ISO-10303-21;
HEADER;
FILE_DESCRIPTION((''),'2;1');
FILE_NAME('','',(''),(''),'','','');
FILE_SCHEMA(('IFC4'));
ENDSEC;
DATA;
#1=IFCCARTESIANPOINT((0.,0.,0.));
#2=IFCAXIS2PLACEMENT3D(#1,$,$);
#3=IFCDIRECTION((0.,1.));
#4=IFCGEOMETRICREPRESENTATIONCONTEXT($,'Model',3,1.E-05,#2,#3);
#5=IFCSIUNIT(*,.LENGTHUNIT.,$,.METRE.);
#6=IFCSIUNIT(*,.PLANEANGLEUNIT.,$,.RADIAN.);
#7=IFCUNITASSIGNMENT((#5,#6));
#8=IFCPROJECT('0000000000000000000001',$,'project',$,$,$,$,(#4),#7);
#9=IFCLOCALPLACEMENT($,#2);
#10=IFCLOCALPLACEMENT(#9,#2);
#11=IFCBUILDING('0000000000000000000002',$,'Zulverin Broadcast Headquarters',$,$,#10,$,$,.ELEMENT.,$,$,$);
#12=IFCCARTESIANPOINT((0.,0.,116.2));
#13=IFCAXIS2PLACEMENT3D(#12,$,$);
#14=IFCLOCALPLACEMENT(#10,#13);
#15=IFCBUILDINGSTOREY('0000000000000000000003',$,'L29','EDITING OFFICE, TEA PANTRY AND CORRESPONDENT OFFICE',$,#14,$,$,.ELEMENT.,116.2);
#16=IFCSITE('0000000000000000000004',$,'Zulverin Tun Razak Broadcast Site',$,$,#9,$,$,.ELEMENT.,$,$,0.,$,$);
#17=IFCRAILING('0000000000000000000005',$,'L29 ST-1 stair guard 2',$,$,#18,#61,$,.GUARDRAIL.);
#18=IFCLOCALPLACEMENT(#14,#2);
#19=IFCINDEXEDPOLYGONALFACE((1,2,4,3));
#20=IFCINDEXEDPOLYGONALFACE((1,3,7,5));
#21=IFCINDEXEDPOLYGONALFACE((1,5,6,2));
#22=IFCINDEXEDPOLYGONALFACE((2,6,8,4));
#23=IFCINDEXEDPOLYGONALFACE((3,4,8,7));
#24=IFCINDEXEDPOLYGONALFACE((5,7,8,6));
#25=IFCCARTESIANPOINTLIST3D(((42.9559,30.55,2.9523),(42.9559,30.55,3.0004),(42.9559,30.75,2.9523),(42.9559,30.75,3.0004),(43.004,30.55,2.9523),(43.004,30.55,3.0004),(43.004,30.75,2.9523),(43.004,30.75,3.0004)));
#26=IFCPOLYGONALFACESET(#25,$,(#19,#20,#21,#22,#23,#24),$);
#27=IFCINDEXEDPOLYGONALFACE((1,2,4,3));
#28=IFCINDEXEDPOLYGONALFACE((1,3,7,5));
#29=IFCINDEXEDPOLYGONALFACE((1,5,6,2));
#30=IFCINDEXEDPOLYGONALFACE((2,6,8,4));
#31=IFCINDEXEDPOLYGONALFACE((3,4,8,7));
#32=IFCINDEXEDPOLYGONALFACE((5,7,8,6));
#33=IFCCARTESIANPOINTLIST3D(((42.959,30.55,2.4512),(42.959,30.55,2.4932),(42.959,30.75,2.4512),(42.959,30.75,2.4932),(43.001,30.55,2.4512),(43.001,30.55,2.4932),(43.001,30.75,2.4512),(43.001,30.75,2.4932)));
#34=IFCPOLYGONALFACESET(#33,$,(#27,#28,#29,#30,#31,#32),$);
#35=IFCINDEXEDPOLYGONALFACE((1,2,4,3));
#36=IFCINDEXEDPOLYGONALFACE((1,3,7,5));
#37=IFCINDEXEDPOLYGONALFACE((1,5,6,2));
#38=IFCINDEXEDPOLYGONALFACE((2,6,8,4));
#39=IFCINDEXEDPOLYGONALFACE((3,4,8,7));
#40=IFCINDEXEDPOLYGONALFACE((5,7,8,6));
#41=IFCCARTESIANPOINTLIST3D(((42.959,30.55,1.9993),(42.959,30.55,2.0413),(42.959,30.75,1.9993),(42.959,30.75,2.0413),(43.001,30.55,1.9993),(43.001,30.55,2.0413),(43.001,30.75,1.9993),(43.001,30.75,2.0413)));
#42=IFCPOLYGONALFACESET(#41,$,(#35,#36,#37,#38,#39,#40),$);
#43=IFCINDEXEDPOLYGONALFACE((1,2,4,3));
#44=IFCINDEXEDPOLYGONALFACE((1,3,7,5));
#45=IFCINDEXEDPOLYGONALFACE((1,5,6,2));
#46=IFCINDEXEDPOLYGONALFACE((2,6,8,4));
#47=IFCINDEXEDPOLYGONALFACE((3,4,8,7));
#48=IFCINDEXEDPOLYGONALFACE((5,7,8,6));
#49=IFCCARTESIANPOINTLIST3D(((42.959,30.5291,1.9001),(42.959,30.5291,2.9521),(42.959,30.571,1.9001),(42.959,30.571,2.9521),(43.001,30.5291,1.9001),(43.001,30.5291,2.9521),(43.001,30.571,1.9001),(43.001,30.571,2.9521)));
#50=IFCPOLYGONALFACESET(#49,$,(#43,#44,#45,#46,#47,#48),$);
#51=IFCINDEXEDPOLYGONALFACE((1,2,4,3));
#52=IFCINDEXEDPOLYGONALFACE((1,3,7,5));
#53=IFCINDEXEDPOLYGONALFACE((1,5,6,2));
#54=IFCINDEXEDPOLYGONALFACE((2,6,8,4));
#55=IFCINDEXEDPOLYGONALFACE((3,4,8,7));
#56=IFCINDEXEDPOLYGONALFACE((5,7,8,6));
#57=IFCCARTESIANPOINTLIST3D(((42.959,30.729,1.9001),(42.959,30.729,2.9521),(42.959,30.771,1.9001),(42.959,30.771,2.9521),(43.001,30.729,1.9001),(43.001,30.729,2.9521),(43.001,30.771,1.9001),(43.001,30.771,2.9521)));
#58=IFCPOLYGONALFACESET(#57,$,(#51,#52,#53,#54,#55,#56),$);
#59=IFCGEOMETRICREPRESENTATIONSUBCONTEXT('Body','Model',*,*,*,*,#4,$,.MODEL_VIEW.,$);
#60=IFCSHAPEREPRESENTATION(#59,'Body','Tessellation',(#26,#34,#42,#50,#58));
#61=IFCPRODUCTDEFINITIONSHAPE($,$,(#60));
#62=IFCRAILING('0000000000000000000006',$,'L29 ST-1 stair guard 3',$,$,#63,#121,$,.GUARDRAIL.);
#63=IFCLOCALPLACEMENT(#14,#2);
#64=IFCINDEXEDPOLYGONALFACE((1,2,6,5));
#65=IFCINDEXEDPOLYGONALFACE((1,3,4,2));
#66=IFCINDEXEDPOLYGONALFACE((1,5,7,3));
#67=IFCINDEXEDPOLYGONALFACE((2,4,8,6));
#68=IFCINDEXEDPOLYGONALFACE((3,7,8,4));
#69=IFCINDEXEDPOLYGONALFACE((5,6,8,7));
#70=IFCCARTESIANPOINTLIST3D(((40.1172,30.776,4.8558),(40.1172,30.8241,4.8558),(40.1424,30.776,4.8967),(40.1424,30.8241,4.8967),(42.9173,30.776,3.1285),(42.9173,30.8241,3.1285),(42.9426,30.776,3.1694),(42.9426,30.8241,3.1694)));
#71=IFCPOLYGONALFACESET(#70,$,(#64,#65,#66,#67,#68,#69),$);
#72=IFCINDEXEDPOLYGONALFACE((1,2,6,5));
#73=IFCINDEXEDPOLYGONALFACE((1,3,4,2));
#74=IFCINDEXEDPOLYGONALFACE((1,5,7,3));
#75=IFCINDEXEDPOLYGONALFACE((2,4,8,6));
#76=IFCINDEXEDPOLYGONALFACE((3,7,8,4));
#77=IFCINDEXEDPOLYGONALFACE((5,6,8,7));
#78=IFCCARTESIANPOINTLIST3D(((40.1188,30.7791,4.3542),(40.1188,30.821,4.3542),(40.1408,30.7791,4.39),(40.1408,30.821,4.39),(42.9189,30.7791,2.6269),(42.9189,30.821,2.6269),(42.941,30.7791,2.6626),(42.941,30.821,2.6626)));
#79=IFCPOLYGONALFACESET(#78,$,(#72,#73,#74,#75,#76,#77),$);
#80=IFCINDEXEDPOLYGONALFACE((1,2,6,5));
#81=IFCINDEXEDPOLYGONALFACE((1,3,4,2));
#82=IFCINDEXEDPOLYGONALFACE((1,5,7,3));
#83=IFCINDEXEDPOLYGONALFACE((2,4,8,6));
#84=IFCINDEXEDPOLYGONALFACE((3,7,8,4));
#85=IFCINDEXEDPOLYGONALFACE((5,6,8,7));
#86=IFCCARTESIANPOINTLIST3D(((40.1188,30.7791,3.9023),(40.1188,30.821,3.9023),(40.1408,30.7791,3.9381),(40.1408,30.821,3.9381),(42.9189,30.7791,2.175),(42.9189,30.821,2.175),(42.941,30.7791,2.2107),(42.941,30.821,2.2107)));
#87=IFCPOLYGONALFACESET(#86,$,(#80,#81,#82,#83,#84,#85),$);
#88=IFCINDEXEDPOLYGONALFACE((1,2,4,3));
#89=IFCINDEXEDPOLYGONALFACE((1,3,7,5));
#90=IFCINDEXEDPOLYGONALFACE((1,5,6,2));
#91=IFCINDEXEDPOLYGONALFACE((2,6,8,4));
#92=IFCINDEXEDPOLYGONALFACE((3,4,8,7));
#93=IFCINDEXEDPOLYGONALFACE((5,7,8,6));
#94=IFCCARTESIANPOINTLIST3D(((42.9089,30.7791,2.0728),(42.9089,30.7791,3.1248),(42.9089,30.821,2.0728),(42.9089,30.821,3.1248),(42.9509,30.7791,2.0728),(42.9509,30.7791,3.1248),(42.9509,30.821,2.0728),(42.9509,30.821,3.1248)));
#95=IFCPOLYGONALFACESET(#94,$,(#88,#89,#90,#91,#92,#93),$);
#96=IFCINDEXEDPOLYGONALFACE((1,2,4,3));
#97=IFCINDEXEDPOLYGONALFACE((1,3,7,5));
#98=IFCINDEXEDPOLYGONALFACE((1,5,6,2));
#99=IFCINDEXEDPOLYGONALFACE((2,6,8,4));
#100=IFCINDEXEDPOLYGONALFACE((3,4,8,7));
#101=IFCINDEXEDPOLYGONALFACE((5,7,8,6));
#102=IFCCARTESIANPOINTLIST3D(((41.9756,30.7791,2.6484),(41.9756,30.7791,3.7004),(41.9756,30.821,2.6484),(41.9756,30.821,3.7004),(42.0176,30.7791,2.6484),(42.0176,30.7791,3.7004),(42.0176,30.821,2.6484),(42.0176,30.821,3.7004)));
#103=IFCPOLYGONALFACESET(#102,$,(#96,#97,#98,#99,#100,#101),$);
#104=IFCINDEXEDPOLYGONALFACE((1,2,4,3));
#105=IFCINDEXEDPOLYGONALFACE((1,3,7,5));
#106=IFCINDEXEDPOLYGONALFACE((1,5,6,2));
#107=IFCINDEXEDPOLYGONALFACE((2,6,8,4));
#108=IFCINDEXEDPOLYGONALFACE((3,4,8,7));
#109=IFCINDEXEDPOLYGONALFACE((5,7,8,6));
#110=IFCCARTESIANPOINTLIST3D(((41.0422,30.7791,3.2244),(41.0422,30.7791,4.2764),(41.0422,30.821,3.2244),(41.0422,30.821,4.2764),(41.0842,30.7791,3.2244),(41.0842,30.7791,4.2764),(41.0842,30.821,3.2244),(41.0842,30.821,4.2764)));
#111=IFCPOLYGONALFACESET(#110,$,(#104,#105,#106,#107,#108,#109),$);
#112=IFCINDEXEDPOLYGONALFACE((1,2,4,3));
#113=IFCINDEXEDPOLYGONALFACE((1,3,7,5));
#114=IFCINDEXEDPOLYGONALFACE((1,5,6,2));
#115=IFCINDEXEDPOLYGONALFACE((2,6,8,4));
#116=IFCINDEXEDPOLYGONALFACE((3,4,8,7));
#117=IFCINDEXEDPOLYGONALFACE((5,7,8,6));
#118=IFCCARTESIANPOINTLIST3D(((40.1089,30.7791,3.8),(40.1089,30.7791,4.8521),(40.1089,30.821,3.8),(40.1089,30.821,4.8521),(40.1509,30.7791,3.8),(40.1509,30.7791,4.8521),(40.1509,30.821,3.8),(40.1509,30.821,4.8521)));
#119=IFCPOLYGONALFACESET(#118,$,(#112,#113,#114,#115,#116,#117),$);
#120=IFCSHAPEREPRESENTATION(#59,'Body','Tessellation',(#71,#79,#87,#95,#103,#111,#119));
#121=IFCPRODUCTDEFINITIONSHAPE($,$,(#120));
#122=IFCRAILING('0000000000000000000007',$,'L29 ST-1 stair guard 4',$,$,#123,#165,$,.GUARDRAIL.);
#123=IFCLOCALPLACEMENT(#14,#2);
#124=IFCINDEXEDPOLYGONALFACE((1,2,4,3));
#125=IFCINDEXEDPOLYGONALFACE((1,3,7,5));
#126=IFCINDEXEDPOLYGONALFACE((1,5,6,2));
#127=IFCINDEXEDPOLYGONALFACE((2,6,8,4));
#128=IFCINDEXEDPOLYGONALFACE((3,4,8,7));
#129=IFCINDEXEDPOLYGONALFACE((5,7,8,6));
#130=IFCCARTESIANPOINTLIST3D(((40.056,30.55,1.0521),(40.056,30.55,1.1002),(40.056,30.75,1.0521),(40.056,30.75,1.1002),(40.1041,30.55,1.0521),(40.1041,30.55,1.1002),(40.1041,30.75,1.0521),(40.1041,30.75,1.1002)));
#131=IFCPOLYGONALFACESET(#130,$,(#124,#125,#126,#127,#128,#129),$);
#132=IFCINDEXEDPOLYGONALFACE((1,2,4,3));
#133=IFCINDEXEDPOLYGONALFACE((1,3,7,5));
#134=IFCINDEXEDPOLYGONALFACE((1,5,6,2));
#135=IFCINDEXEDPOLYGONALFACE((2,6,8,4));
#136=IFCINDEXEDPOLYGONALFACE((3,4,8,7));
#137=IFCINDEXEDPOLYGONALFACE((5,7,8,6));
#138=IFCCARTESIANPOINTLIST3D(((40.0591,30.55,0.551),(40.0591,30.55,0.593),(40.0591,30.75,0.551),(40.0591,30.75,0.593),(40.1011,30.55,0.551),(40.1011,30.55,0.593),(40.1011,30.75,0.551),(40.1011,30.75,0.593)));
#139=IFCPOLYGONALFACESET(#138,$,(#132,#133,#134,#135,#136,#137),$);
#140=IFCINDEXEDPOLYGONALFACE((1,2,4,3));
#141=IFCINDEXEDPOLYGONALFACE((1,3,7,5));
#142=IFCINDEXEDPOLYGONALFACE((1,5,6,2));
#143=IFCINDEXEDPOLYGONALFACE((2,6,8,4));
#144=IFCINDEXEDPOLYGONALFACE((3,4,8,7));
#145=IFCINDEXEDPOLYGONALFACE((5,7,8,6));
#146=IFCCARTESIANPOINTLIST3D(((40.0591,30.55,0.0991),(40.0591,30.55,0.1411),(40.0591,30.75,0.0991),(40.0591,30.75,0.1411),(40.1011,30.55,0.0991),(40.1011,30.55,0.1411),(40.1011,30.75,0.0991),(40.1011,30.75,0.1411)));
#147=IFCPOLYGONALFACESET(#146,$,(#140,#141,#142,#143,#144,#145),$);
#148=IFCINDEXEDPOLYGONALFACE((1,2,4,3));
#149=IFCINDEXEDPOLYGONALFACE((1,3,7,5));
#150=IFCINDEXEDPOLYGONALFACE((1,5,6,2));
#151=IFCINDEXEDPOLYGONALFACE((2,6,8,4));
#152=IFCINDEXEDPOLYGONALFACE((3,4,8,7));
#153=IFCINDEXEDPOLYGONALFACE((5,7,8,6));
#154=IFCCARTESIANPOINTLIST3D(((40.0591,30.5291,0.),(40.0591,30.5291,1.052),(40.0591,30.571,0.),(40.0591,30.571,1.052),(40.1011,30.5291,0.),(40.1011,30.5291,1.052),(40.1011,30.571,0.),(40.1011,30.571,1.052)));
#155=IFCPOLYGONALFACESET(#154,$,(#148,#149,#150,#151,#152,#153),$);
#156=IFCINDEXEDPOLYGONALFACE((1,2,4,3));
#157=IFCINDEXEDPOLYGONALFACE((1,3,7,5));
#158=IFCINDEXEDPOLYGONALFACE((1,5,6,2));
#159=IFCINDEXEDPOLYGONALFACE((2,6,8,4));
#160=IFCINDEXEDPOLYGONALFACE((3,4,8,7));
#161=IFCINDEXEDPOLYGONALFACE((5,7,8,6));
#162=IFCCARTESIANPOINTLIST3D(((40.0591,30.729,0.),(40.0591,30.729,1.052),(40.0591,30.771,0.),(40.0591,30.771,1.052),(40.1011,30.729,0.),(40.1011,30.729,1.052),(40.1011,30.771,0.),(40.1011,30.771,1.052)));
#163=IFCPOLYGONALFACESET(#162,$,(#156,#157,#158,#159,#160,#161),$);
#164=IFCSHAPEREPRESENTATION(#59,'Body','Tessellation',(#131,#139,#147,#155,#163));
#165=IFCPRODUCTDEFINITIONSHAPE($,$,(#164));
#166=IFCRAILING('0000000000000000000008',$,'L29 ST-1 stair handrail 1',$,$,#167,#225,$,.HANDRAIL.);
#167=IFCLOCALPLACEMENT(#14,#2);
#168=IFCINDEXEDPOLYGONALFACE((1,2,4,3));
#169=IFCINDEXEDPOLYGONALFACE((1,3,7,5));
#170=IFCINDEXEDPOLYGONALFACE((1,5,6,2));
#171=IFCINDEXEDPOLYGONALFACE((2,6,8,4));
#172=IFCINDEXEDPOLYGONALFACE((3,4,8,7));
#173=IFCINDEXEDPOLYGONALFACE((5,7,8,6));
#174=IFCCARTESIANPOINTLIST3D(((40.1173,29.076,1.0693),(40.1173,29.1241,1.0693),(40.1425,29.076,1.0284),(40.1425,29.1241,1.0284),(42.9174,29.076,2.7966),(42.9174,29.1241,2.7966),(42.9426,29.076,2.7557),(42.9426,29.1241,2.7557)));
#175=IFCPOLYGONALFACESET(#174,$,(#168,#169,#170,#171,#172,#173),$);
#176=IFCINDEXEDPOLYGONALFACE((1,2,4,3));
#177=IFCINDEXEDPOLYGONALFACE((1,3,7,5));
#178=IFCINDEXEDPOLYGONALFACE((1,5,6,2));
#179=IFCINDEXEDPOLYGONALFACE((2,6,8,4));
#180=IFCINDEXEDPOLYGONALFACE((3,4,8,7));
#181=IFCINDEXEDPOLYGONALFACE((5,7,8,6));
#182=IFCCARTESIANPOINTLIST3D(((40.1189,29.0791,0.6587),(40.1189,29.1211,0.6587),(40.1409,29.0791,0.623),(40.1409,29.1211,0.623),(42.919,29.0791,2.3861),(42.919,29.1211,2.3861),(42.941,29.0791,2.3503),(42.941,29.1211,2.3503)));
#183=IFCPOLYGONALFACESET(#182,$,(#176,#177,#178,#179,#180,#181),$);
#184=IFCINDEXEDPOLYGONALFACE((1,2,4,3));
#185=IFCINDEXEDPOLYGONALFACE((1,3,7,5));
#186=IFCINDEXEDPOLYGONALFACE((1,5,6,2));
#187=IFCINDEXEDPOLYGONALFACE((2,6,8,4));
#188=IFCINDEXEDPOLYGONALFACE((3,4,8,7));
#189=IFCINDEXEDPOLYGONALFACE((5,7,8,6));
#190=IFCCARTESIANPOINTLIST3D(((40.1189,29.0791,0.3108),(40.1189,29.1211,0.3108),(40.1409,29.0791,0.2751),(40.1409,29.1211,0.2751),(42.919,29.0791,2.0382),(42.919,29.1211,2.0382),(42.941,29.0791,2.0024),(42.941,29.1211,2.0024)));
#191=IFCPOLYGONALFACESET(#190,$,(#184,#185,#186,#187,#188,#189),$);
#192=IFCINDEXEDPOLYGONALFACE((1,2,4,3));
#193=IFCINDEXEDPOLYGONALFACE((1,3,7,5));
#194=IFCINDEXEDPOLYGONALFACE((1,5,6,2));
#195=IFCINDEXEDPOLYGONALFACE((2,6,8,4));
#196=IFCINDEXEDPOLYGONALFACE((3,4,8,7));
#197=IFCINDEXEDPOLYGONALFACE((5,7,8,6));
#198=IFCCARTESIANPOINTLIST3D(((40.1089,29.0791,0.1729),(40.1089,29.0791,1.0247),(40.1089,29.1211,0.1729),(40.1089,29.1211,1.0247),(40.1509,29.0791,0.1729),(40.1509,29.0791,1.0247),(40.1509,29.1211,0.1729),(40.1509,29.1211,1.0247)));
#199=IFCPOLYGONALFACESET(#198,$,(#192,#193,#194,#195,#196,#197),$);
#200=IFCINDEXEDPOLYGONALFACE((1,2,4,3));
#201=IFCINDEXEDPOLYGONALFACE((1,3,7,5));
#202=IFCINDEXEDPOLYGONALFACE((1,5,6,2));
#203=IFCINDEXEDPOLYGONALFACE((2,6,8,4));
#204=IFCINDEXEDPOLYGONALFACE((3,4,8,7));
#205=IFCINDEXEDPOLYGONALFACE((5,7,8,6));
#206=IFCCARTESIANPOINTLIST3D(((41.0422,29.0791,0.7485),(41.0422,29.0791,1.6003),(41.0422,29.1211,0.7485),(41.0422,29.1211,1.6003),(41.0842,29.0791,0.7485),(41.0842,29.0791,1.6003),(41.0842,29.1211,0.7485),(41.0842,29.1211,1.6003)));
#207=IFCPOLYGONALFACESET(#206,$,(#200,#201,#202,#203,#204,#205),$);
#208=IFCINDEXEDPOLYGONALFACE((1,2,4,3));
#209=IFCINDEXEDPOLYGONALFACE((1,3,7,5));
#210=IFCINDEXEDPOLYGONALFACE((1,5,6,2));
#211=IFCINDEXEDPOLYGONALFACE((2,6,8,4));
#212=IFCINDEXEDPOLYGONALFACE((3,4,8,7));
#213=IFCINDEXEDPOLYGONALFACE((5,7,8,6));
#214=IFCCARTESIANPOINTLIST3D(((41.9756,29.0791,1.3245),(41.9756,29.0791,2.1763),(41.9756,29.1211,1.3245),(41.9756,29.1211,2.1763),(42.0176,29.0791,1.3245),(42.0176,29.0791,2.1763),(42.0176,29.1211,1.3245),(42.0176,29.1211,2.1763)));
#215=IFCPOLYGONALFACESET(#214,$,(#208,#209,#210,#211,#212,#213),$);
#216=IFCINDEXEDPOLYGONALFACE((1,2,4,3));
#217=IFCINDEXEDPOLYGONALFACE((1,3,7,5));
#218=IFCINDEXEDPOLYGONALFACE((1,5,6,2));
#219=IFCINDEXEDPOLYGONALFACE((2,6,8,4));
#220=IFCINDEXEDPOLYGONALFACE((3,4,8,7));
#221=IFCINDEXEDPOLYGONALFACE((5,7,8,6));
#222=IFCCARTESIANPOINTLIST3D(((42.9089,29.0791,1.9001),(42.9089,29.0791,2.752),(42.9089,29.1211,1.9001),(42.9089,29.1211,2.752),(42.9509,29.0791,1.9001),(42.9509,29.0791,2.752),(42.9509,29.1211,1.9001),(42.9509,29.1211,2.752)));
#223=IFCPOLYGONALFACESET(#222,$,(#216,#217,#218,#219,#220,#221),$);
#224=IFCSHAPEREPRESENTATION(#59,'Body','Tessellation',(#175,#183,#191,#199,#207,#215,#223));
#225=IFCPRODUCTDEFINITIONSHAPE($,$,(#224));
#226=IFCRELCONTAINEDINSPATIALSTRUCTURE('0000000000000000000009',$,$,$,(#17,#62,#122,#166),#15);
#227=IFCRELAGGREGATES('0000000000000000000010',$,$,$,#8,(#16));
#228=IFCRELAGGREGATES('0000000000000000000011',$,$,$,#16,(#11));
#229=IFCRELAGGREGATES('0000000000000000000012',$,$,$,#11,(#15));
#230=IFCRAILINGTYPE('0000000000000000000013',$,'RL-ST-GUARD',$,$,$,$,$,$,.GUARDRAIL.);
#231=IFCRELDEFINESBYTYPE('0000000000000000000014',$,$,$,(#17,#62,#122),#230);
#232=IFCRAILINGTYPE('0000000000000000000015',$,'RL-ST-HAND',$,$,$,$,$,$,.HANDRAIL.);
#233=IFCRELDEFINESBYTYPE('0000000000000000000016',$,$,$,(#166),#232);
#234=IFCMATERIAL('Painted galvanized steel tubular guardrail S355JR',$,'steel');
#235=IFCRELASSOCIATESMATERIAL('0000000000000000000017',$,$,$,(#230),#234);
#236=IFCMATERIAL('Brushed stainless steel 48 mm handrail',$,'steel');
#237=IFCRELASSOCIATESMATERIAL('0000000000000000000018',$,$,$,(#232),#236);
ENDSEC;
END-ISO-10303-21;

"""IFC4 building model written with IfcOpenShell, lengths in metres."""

from ifc_helpers import new_model, si_unit, direction, frame, origin, origin_2d, place, context, subcontext, project, spatial, rectangle, extrude, material, type_object, element, save


model = new_model("IFC4")

# Units and contexts
model_context = context("Model", 3, precision=1e-05, world=origin(), true_north=direction((0.0, 1.0)))
body_context = subcontext(model_context, "Body", "Model", "MODEL_VIEW")
ifc_project = project(units=[si_unit("LENGTHUNIT", "METRE"), si_unit("PLANEANGLEUNIT", "RADIAN")], contexts=[model_context])

# Site, building, storey
site_placement = place(None, origin())
site = spatial("IfcSite", under=ifc_project, at=site_placement, Name="Zulverin Tun Razak Broadcast Site", CompositionType="ELEMENT", RefElevation=0.0)
building_placement = place(site_placement, origin())
building = spatial("IfcBuilding", under=site, at=building_placement, Name="Zulverin Broadcast Headquarters", CompositionType="ELEMENT")
storey_placement = place(building_placement, frame((0.0, 0.0, 116.2)))
storey = spatial("IfcBuildingStorey", under=building, at=storey_placement, Name="L29", Description="EDITING OFFICE, TEA PANTRY AND CORRESPONDENT OFFICE", CompositionType="ELEMENT", Elevation=116.2)

# Railings
ifc_material_1 = material(Name="Painted galvanized steel tubular guardrail S355JR", Category="steel")
railing_type_1 = type_object("IfcRailingType", Name="RL-ST-GUARD", PredefinedType="GUARDRAIL", material=ifc_material_1)
railing_1_placement = place(storey_placement, frame((42.98, 30.55, 1.9001)))
element("IfcRailing", 1, at=railing_1_placement, inside=storey, type_object=railing_type_1, Name="L29 ST-1 stair guard 2", PredefinedType="GUARDRAIL", context=body_context, shape_type="SweptSolid", body=[
    extrude(rectangle(XDim=0.0481, YDim=0.0481, at=origin_2d()), frame((0.0, 0.0, 1.0762), z_axis=(0.0, 1.0, 0.0), x_axis=(-1.0, 0.0, 0.0)), (0.0, 0.0, 1.0), 0.2),
    extrude(rectangle(XDim=0.042, YDim=0.042, at=origin_2d()), frame((0.0, 0.0, 0.572), z_axis=(0.0, 1.0, 0.0), x_axis=(-1.0, 0.0, 0.0)), (0.0, 0.0, 1.0), 0.2),
    extrude(rectangle(XDim=0.042, YDim=0.042, at=origin_2d()), frame((0.0, 0.0, 0.1201), z_axis=(0.0, 1.0, 0.0), x_axis=(-1.0, 0.0, 0.0)), (0.0, 0.0, 1.0), 0.2),
    extrude(rectangle(XDim=0.042, YDim=0.042, at=origin_2d()), origin(), (0.0, 0.0, 1.0), 1.052),
    extrude(rectangle(XDim=0.042, YDim=0.042, at=origin_2d()), frame((0.0, 0.2, 0.0)), (0.0, 0.0, 1.0), 1.052),
])
railing_2_placement = place(storey_placement, frame((42.9299, 30.8, 2.0728)))
element("IfcRailing", 2, at=railing_2_placement, inside=storey, type_object=railing_type_1, Name="L29 ST-1 stair guard 3", PredefinedType="GUARDRAIL", context=body_context, shape_type="SweptSolid", body=[
    extrude(rectangle(XDim=0.0481, YDim=0.0481, at=origin_2d()), frame((0.0, 0.0, 1.0762), z_axis=(-0.85109, 0.0, 0.52502), x_axis=(0.0, -1.0, 0.0)), (0.0, 0.0, 1.0), 3.29),
    extrude(rectangle(XDim=0.042, YDim=0.042, at=origin_2d()), frame((0.0, 0.0, 0.572), z_axis=(-0.85109, 0.0, 0.52502), x_axis=(0.0, -1.0, 0.0)), (0.0, 0.0, 1.0), 3.29),
    extrude(rectangle(XDim=0.042, YDim=0.042, at=origin_2d()), frame((0.0, 0.0, 0.1201), z_axis=(-0.85109, 0.0, 0.52502), x_axis=(0.0, -1.0, 0.0)), (0.0, 0.0, 1.0), 3.29),
    extrude(rectangle(XDim=0.042, YDim=0.042, at=origin_2d()), origin(), (0.0, 0.0, 1.0), 1.052),
    extrude(rectangle(XDim=0.042, YDim=0.042, at=origin_2d()), frame((-0.9333, 0.0, 0.5757)), (0.0, 0.0, 1.0), 1.052),
    extrude(rectangle(XDim=0.042, YDim=0.042, at=origin_2d()), frame((-1.8667, 0.0, 1.1516)), (0.0, 0.0, 1.0), 1.052),
    extrude(rectangle(XDim=0.042, YDim=0.042, at=origin_2d()), frame((-2.8, 0.0, 1.7273)), (0.0, 0.0, 1.0), 1.052),
])
railing_3_placement = place(storey_placement, frame((40.0801, 30.55, 0.0)))
element("IfcRailing", 3, at=railing_3_placement, inside=storey, type_object=railing_type_1, Name="L29 ST-1 stair guard 4", PredefinedType="GUARDRAIL", context=body_context, shape_type="SweptSolid", body=[
    extrude(rectangle(XDim=0.0481, YDim=0.0481, at=origin_2d()), frame((0.0, 0.0, 1.0762), z_axis=(0.0, 1.0, 0.0), x_axis=(-1.0, 0.0, 0.0)), (0.0, 0.0, 1.0), 0.2),
    extrude(rectangle(XDim=0.042, YDim=0.042, at=origin_2d()), frame((0.0, 0.0, 0.572), z_axis=(0.0, 1.0, 0.0), x_axis=(-1.0, 0.0, 0.0)), (0.0, 0.0, 1.0), 0.2),
    extrude(rectangle(XDim=0.042, YDim=0.042, at=origin_2d()), frame((0.0, 0.0, 0.1201), z_axis=(0.0, 1.0, 0.0), x_axis=(-1.0, 0.0, 0.0)), (0.0, 0.0, 1.0), 0.2),
    extrude(rectangle(XDim=0.042, YDim=0.042, at=origin_2d()), origin(), (0.0, 0.0, 1.0), 1.052),
    extrude(rectangle(XDim=0.042, YDim=0.042, at=origin_2d()), frame((0.0, 0.2, 0.0)), (0.0, 0.0, 1.0), 1.052),
])
ifc_material_2 = material(Name="Brushed stainless steel 48 mm handrail", Category="steel")
railing_type_2 = type_object("IfcRailingType", Name="RL-ST-HAND", PredefinedType="HANDRAIL", material=ifc_material_2)
railing_4_placement = place(storey_placement, frame((40.1299, 29.1001, 0.1729)))
element("IfcRailing", 4, at=railing_4_placement, inside=storey, type_object=railing_type_2, Name="L29 ST-1 stair handrail 1", PredefinedType="HANDRAIL", context=body_context, shape_type="SweptSolid", body=[
    extrude(rectangle(XDim=0.0481, YDim=0.0481, at=origin_2d()), frame((0.0, 0.0, 0.876), z_axis=(0.85109, 0.0, 0.52502), x_axis=(0.0, 1.0, 0.0)), (0.0, 0.0, 1.0), 3.29),
    extrude(rectangle(XDim=0.042, YDim=0.042, at=origin_2d()), frame((0.0, 0.0, 0.468), z_axis=(0.85109, 0.0, 0.52502), x_axis=(0.0, 1.0, 0.0)), (0.0, 0.0, 1.0), 3.29),
    extrude(rectangle(XDim=0.042, YDim=0.042, at=origin_2d()), frame((0.0, 0.0, 0.1201), z_axis=(0.85109, 0.0, 0.52502), x_axis=(0.0, 1.0, 0.0)), (0.0, 0.0, 1.0), 3.29),
    extrude(rectangle(XDim=0.042, YDim=0.042, at=origin_2d()), origin(), (0.0, 0.0, 1.0), 0.8518),
    extrude(rectangle(XDim=0.042, YDim=0.042, at=origin_2d()), frame((0.9333, 0.0, 0.5757)), (0.0, 0.0, 1.0), 0.8518),
    extrude(rectangle(XDim=0.042, YDim=0.042, at=origin_2d()), frame((1.8667, 0.0, 1.1516)), (0.0, 0.0, 1.0), 0.8518),
    extrude(rectangle(XDim=0.042, YDim=0.042, at=origin_2d()), frame((2.8, 0.0, 1.7273)), (0.0, 0.0, 1.0), 0.8518),
])

save(model, "model.ifc")
